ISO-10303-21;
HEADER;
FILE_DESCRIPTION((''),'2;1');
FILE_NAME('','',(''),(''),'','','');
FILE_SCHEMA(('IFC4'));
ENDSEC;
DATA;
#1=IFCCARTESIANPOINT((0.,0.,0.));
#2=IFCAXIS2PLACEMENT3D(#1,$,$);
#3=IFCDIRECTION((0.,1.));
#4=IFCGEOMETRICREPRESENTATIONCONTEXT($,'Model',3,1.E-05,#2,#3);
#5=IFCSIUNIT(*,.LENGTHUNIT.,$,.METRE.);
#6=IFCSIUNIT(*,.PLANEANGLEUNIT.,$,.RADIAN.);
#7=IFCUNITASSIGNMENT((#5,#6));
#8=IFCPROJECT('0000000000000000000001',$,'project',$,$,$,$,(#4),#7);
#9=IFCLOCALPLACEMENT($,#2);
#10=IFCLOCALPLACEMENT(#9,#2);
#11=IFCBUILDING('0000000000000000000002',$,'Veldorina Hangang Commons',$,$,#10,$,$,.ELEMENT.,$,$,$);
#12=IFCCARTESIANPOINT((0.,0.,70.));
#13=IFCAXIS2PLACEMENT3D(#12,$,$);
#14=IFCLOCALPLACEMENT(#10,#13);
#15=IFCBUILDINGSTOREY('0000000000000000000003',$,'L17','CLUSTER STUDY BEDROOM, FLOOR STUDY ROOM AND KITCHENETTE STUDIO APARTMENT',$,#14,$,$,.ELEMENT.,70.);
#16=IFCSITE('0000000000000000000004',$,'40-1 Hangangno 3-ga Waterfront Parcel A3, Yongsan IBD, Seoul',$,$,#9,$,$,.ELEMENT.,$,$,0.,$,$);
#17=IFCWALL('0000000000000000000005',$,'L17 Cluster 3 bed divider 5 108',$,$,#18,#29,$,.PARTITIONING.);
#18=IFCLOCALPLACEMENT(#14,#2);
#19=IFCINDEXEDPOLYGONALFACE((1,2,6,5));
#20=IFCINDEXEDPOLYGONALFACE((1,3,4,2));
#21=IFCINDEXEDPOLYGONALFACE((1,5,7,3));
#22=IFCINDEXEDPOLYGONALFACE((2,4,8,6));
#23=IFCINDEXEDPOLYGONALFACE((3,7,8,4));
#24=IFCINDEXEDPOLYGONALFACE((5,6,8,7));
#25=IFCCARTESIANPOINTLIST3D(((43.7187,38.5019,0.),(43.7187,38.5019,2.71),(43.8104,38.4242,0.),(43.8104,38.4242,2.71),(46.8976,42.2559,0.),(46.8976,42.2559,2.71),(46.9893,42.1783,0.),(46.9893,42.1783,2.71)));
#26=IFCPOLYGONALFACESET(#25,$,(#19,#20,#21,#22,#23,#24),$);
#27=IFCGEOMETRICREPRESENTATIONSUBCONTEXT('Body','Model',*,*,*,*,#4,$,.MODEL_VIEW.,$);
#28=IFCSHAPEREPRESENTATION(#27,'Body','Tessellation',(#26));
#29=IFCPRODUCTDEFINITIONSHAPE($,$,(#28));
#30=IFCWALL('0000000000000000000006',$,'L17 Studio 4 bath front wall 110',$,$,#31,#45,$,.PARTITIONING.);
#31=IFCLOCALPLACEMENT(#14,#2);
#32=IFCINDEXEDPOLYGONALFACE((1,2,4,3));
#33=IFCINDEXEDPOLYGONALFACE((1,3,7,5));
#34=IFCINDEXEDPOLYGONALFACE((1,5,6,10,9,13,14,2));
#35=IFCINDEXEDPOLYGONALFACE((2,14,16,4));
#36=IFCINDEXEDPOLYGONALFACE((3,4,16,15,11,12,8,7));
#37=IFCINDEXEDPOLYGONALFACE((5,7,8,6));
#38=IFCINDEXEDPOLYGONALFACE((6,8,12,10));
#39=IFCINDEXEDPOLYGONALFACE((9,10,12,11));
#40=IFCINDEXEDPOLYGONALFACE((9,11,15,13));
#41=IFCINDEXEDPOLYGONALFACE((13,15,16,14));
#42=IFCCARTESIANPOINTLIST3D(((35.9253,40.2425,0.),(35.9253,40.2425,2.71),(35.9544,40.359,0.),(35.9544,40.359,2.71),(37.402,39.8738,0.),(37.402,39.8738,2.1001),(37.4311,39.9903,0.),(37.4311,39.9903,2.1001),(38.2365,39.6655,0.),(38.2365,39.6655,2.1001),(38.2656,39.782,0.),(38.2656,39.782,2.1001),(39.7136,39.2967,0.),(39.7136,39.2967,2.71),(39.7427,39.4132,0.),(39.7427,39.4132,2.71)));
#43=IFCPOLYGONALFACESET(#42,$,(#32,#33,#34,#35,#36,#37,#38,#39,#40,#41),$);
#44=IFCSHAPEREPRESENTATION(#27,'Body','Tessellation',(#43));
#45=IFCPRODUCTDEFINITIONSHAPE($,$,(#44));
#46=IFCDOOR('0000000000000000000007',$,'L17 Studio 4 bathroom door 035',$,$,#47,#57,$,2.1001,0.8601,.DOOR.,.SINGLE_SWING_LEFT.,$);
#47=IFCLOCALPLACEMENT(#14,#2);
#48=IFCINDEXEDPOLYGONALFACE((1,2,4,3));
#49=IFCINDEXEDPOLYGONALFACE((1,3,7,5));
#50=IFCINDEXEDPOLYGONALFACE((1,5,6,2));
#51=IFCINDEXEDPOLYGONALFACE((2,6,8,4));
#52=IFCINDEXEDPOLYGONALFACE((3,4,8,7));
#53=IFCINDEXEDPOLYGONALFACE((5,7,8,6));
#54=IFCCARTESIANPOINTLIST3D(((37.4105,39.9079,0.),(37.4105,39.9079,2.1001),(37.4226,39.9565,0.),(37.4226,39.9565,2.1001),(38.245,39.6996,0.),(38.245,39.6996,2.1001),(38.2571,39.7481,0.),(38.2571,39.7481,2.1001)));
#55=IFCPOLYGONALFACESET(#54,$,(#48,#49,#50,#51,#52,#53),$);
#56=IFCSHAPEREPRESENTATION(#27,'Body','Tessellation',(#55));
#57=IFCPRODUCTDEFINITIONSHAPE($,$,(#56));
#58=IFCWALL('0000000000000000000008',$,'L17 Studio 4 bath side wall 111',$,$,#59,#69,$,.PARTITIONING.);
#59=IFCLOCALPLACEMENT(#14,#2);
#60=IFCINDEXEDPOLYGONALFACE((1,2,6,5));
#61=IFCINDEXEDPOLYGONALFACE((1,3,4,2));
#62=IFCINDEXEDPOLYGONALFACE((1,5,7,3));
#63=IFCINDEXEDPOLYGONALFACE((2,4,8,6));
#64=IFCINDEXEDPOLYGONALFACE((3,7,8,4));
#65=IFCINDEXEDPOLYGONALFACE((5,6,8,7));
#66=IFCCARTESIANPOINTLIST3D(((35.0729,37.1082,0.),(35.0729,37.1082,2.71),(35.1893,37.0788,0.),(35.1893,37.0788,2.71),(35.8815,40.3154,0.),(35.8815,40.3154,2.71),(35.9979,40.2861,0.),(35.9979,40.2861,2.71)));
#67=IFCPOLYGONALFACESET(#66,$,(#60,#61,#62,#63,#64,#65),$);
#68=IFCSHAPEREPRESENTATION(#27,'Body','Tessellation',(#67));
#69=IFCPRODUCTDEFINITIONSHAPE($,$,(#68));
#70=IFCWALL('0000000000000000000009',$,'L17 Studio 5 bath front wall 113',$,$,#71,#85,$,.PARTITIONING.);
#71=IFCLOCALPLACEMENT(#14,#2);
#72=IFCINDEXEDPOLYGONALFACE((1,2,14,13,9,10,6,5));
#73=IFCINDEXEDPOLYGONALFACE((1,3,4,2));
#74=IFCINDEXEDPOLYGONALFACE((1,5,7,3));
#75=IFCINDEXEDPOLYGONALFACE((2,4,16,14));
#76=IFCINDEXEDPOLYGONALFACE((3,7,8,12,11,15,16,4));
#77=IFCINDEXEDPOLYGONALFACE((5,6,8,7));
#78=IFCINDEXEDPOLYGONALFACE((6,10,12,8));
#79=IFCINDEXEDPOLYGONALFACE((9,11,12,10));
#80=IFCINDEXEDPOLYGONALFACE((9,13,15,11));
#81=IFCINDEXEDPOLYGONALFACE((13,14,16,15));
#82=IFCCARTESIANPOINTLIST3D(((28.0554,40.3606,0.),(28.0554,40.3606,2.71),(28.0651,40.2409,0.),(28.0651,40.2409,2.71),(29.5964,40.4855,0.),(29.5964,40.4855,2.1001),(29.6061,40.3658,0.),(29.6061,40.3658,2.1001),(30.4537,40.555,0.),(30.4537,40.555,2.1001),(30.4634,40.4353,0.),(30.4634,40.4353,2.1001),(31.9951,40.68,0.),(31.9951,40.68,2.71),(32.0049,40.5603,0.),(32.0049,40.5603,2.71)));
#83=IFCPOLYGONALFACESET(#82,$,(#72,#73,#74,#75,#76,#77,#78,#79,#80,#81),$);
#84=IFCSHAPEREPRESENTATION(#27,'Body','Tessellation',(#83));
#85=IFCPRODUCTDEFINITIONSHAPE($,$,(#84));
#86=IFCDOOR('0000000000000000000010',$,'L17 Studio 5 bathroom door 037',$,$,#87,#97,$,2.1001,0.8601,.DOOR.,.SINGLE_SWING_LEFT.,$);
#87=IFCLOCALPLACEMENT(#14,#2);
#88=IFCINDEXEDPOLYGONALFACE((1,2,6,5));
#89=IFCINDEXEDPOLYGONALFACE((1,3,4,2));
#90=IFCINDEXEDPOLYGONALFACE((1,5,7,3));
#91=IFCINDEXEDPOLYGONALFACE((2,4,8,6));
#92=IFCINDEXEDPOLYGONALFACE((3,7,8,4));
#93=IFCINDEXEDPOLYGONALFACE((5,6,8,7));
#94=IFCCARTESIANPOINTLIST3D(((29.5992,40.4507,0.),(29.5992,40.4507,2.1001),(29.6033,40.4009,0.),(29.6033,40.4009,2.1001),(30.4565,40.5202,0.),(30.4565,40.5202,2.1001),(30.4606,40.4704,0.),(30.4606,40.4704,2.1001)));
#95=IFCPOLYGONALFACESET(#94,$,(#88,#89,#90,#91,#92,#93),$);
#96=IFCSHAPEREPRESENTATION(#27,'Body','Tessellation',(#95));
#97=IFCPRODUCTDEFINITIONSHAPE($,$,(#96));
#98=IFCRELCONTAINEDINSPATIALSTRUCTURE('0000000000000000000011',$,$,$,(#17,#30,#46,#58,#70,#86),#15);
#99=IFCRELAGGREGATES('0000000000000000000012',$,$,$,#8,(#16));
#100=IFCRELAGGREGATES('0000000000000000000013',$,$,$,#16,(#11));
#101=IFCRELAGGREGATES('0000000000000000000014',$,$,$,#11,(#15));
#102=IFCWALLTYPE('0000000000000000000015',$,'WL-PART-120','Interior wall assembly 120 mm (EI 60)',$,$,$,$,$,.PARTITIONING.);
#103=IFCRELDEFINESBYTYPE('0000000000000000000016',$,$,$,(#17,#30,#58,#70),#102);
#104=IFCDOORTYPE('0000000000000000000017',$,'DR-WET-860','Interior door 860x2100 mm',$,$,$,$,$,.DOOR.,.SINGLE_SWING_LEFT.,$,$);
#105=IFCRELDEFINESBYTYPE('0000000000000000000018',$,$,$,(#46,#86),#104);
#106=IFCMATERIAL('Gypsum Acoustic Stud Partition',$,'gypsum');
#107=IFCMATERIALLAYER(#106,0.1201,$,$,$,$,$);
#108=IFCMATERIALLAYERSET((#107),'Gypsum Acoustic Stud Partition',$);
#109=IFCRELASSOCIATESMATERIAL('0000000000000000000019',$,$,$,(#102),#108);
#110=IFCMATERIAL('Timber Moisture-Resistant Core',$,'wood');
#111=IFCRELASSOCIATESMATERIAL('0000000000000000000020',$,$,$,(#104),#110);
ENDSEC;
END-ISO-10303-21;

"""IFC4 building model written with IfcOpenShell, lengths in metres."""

from ifc_helpers import new_model, si_unit, direction, frame, frame_2d, origin, place, context, subcontext, project, spatial, rectangle, extrude, material, layer, layer_set, type_object, element, fill, save


model = new_model("IFC4")

# Units and contexts
model_context = context("Model", 3, precision=1e-05, world=origin(), true_north=direction((0.0, 1.0)))
body_context = subcontext(model_context, "Body", "Model", "MODEL_VIEW")
ifc_project = project(units=[si_unit("LENGTHUNIT", "METRE"), si_unit("PLANEANGLEUNIT", "RADIAN")], contexts=[model_context])

# Site, building, storey
site_placement = place(None, origin())
site = spatial("IfcSite", under=ifc_project, at=site_placement, Name="40-1 Hangangno 3-ga Waterfront Parcel A3, Yongsan IBD, Seoul", CompositionType="ELEMENT", RefElevation=0.0)
building_placement = place(site_placement, origin())
building = spatial("IfcBuilding", under=site, at=building_placement, Name="Veldorina Hangang Commons", CompositionType="ELEMENT")
storey_placement = place(building_placement, frame((0.0, 0.0, 70.0)))
storey = spatial("IfcBuildingStorey", under=building, at=storey_placement, Name="L17", Description="CLUSTER STUDY BEDROOM, FLOOR STUDY ROOM AND KITCHENETTE STUDIO APARTMENT", CompositionType="ELEMENT", Elevation=70.0)

# Shared definitions
ifc_material_1 = material(Name="Gypsum Acoustic Stud Partition", Category="gypsum")
ifc_layer_1 = layer(ifc_material_1, 0.1201)
ifc_layer_set_1 = layer_set([ifc_layer_1], Name="Gypsum Acoustic Stud Partition")
wall_type_1 = type_object("IfcWallType", Name="WL-PART-120", Description="Interior wall assembly 120 mm (EI 60)", PredefinedType="PARTITIONING", material=ifc_layer_set_1)

# Wall
wall_1_placement = place(storey_placement, frame((43.7646, 38.4631, 0.0), z_axis=(0.0, 0.0, 1.0), x_axis=(0.646223, 0.763149, 0.0)))
element("IfcWall", 1, at=wall_1_placement, inside=storey, type_object=wall_type_1, Name="L17 Cluster 3 bed divider 5 108", PredefinedType="PARTITIONING", context=body_context, shape_type="SweptSolid", body=[
    extrude(rectangle(XDim=4.9192, YDim=0.1201, at=frame_2d((2.4595, 0.0))), origin(), (0.0, 0.0, 1.0), 2.71),
])

# Wall, opening, door
wall_2_placement = place(storey_placement, frame((39.728, 39.355, 0.0), z_axis=(0.0, 0.0, 1.0), x_axis=(-0.97022, 0.242227, 0.0)))
wall_2 = element("IfcWall", 2, at=wall_2_placement, inside=storey, type_object=wall_type_1, Name="L17 Studio 4 bath front wall 110", PredefinedType="PARTITIONING", context=body_context, shape_type="SweptSolid", body=[
    extrude(rectangle(XDim=3.9045, YDim=0.1201, at=frame_2d((1.9521, 0.0))), origin(), (0.0, 0.0, 1.0), 2.71),
])
opening_1_placement = place(wall_2_placement, frame((1.5222, 0.0, 0.0)))
opening_1 = element("IfcOpeningElement", 3, at=opening_1_placement, cuts=wall_2, PredefinedType="OPENING", context=body_context, shape_type="SweptSolid", body=[
    extrude(rectangle(XDim=0.8601, YDim=2.1001, at=frame_2d((0.4302, 1.05))), frame((0.0, 0.0701, 0.0), z_axis=(0.0, -1.0, 0.0), x_axis=(1.0, 0.0, 0.0)), (0.0, 0.0, 1.0), 0.1401),
])
ifc_material_2 = material(Name="Timber Moisture-Resistant Core", Category="wood")
door_type_1 = type_object("IfcDoorType", Name="DR-WET-860", Description="Interior door 860x2100 mm", OperationType="SINGLE_SWING_LEFT", PredefinedType="DOOR", material=ifc_material_2)
door_1_placement = place(opening_1_placement, origin())
door_1 = element("IfcDoor", 4, at=door_1_placement, inside=storey, type_object=door_type_1, Name="L17 Studio 4 bathroom door 035", OperationType="SINGLE_SWING_LEFT", OverallHeight=2.1001, OverallWidth=0.8601, PredefinedType="DOOR", context=body_context, shape_type="SweptSolid", body=[
    extrude(rectangle(XDim=0.8601, YDim=2.1001, at=frame_2d((0.4302, 1.05))), frame((0.0, 0.0249, 0.0), z_axis=(0.0, -1.0, 0.0), x_axis=(1.0, 0.0, 0.0)), (0.0, 0.0, 1.0), 0.05),
])
fill(opening_1, door_1)

# Wall
wall_3_placement = place(storey_placement, frame((35.1311, 37.0935, 0.0), z_axis=(0.0, 0.0, 1.0), x_axis=(0.244463, 0.969659, 0.0)))
element("IfcWall", 5, at=wall_3_placement, inside=storey, type_object=wall_type_1, Name="L17 Studio 4 bath side wall 111", PredefinedType="PARTITIONING", context=body_context, shape_type="SweptSolid", body=[
    extrude(rectangle(XDim=3.3076, YDim=0.1201, at=frame_2d((1.6538, 0.0))), origin(), (0.0, 0.0, 1.0), 2.71),
])

# Wall, opening, door
wall_4_placement = place(storey_placement, frame((32.0, 40.6201, 0.0), z_axis=(0.0, 0.0, 1.0), x_axis=(-0.996731, -0.080791, 0.0)))
wall_4 = element("IfcWall", 6, at=wall_4_placement, inside=storey, type_object=wall_type_1, Name="L17 Studio 5 bath front wall 113", PredefinedType="PARTITIONING", context=body_context, shape_type="SweptSolid", body=[
    extrude(rectangle(XDim=3.9526, YDim=0.1201, at=frame_2d((1.9763, 0.0))), origin(), (0.0, 0.0, 1.0), 2.71),
])
opening_2_placement = place(wall_4_placement, frame((1.5464, 0.0, 0.0)))
opening_2 = element("IfcOpeningElement", 7, at=opening_2_placement, cuts=wall_4, PredefinedType="OPENING", context=body_context, shape_type="SweptSolid", body=[
    extrude(rectangle(XDim=0.8601, YDim=2.1001, at=frame_2d((0.4302, 1.05))), frame((0.0, 0.0701, 0.0), z_axis=(0.0, -1.0, 0.0), x_axis=(1.0, 0.0, 0.0)), (0.0, 0.0, 1.0), 0.1401),
])
door_2_placement = place(opening_2_placement, origin())
door_2 = element("IfcDoor", 8, at=door_2_placement, inside=storey, type_object=door_type_1, Name="L17 Studio 5 bathroom door 037", OperationType="SINGLE_SWING_LEFT", OverallHeight=2.1001, OverallWidth=0.8601, PredefinedType="DOOR", context=body_context, shape_type="SweptSolid", body=[
    extrude(rectangle(XDim=0.8601, YDim=2.1001, at=frame_2d((0.4302, 1.05))), frame((0.0, 0.0249, 0.0), z_axis=(0.0, -1.0, 0.0), x_axis=(1.0, 0.0, 0.0)), (0.0, 0.0, 1.0), 0.05),
])
fill(opening_2, door_2)

save(model, "model.ifc")
